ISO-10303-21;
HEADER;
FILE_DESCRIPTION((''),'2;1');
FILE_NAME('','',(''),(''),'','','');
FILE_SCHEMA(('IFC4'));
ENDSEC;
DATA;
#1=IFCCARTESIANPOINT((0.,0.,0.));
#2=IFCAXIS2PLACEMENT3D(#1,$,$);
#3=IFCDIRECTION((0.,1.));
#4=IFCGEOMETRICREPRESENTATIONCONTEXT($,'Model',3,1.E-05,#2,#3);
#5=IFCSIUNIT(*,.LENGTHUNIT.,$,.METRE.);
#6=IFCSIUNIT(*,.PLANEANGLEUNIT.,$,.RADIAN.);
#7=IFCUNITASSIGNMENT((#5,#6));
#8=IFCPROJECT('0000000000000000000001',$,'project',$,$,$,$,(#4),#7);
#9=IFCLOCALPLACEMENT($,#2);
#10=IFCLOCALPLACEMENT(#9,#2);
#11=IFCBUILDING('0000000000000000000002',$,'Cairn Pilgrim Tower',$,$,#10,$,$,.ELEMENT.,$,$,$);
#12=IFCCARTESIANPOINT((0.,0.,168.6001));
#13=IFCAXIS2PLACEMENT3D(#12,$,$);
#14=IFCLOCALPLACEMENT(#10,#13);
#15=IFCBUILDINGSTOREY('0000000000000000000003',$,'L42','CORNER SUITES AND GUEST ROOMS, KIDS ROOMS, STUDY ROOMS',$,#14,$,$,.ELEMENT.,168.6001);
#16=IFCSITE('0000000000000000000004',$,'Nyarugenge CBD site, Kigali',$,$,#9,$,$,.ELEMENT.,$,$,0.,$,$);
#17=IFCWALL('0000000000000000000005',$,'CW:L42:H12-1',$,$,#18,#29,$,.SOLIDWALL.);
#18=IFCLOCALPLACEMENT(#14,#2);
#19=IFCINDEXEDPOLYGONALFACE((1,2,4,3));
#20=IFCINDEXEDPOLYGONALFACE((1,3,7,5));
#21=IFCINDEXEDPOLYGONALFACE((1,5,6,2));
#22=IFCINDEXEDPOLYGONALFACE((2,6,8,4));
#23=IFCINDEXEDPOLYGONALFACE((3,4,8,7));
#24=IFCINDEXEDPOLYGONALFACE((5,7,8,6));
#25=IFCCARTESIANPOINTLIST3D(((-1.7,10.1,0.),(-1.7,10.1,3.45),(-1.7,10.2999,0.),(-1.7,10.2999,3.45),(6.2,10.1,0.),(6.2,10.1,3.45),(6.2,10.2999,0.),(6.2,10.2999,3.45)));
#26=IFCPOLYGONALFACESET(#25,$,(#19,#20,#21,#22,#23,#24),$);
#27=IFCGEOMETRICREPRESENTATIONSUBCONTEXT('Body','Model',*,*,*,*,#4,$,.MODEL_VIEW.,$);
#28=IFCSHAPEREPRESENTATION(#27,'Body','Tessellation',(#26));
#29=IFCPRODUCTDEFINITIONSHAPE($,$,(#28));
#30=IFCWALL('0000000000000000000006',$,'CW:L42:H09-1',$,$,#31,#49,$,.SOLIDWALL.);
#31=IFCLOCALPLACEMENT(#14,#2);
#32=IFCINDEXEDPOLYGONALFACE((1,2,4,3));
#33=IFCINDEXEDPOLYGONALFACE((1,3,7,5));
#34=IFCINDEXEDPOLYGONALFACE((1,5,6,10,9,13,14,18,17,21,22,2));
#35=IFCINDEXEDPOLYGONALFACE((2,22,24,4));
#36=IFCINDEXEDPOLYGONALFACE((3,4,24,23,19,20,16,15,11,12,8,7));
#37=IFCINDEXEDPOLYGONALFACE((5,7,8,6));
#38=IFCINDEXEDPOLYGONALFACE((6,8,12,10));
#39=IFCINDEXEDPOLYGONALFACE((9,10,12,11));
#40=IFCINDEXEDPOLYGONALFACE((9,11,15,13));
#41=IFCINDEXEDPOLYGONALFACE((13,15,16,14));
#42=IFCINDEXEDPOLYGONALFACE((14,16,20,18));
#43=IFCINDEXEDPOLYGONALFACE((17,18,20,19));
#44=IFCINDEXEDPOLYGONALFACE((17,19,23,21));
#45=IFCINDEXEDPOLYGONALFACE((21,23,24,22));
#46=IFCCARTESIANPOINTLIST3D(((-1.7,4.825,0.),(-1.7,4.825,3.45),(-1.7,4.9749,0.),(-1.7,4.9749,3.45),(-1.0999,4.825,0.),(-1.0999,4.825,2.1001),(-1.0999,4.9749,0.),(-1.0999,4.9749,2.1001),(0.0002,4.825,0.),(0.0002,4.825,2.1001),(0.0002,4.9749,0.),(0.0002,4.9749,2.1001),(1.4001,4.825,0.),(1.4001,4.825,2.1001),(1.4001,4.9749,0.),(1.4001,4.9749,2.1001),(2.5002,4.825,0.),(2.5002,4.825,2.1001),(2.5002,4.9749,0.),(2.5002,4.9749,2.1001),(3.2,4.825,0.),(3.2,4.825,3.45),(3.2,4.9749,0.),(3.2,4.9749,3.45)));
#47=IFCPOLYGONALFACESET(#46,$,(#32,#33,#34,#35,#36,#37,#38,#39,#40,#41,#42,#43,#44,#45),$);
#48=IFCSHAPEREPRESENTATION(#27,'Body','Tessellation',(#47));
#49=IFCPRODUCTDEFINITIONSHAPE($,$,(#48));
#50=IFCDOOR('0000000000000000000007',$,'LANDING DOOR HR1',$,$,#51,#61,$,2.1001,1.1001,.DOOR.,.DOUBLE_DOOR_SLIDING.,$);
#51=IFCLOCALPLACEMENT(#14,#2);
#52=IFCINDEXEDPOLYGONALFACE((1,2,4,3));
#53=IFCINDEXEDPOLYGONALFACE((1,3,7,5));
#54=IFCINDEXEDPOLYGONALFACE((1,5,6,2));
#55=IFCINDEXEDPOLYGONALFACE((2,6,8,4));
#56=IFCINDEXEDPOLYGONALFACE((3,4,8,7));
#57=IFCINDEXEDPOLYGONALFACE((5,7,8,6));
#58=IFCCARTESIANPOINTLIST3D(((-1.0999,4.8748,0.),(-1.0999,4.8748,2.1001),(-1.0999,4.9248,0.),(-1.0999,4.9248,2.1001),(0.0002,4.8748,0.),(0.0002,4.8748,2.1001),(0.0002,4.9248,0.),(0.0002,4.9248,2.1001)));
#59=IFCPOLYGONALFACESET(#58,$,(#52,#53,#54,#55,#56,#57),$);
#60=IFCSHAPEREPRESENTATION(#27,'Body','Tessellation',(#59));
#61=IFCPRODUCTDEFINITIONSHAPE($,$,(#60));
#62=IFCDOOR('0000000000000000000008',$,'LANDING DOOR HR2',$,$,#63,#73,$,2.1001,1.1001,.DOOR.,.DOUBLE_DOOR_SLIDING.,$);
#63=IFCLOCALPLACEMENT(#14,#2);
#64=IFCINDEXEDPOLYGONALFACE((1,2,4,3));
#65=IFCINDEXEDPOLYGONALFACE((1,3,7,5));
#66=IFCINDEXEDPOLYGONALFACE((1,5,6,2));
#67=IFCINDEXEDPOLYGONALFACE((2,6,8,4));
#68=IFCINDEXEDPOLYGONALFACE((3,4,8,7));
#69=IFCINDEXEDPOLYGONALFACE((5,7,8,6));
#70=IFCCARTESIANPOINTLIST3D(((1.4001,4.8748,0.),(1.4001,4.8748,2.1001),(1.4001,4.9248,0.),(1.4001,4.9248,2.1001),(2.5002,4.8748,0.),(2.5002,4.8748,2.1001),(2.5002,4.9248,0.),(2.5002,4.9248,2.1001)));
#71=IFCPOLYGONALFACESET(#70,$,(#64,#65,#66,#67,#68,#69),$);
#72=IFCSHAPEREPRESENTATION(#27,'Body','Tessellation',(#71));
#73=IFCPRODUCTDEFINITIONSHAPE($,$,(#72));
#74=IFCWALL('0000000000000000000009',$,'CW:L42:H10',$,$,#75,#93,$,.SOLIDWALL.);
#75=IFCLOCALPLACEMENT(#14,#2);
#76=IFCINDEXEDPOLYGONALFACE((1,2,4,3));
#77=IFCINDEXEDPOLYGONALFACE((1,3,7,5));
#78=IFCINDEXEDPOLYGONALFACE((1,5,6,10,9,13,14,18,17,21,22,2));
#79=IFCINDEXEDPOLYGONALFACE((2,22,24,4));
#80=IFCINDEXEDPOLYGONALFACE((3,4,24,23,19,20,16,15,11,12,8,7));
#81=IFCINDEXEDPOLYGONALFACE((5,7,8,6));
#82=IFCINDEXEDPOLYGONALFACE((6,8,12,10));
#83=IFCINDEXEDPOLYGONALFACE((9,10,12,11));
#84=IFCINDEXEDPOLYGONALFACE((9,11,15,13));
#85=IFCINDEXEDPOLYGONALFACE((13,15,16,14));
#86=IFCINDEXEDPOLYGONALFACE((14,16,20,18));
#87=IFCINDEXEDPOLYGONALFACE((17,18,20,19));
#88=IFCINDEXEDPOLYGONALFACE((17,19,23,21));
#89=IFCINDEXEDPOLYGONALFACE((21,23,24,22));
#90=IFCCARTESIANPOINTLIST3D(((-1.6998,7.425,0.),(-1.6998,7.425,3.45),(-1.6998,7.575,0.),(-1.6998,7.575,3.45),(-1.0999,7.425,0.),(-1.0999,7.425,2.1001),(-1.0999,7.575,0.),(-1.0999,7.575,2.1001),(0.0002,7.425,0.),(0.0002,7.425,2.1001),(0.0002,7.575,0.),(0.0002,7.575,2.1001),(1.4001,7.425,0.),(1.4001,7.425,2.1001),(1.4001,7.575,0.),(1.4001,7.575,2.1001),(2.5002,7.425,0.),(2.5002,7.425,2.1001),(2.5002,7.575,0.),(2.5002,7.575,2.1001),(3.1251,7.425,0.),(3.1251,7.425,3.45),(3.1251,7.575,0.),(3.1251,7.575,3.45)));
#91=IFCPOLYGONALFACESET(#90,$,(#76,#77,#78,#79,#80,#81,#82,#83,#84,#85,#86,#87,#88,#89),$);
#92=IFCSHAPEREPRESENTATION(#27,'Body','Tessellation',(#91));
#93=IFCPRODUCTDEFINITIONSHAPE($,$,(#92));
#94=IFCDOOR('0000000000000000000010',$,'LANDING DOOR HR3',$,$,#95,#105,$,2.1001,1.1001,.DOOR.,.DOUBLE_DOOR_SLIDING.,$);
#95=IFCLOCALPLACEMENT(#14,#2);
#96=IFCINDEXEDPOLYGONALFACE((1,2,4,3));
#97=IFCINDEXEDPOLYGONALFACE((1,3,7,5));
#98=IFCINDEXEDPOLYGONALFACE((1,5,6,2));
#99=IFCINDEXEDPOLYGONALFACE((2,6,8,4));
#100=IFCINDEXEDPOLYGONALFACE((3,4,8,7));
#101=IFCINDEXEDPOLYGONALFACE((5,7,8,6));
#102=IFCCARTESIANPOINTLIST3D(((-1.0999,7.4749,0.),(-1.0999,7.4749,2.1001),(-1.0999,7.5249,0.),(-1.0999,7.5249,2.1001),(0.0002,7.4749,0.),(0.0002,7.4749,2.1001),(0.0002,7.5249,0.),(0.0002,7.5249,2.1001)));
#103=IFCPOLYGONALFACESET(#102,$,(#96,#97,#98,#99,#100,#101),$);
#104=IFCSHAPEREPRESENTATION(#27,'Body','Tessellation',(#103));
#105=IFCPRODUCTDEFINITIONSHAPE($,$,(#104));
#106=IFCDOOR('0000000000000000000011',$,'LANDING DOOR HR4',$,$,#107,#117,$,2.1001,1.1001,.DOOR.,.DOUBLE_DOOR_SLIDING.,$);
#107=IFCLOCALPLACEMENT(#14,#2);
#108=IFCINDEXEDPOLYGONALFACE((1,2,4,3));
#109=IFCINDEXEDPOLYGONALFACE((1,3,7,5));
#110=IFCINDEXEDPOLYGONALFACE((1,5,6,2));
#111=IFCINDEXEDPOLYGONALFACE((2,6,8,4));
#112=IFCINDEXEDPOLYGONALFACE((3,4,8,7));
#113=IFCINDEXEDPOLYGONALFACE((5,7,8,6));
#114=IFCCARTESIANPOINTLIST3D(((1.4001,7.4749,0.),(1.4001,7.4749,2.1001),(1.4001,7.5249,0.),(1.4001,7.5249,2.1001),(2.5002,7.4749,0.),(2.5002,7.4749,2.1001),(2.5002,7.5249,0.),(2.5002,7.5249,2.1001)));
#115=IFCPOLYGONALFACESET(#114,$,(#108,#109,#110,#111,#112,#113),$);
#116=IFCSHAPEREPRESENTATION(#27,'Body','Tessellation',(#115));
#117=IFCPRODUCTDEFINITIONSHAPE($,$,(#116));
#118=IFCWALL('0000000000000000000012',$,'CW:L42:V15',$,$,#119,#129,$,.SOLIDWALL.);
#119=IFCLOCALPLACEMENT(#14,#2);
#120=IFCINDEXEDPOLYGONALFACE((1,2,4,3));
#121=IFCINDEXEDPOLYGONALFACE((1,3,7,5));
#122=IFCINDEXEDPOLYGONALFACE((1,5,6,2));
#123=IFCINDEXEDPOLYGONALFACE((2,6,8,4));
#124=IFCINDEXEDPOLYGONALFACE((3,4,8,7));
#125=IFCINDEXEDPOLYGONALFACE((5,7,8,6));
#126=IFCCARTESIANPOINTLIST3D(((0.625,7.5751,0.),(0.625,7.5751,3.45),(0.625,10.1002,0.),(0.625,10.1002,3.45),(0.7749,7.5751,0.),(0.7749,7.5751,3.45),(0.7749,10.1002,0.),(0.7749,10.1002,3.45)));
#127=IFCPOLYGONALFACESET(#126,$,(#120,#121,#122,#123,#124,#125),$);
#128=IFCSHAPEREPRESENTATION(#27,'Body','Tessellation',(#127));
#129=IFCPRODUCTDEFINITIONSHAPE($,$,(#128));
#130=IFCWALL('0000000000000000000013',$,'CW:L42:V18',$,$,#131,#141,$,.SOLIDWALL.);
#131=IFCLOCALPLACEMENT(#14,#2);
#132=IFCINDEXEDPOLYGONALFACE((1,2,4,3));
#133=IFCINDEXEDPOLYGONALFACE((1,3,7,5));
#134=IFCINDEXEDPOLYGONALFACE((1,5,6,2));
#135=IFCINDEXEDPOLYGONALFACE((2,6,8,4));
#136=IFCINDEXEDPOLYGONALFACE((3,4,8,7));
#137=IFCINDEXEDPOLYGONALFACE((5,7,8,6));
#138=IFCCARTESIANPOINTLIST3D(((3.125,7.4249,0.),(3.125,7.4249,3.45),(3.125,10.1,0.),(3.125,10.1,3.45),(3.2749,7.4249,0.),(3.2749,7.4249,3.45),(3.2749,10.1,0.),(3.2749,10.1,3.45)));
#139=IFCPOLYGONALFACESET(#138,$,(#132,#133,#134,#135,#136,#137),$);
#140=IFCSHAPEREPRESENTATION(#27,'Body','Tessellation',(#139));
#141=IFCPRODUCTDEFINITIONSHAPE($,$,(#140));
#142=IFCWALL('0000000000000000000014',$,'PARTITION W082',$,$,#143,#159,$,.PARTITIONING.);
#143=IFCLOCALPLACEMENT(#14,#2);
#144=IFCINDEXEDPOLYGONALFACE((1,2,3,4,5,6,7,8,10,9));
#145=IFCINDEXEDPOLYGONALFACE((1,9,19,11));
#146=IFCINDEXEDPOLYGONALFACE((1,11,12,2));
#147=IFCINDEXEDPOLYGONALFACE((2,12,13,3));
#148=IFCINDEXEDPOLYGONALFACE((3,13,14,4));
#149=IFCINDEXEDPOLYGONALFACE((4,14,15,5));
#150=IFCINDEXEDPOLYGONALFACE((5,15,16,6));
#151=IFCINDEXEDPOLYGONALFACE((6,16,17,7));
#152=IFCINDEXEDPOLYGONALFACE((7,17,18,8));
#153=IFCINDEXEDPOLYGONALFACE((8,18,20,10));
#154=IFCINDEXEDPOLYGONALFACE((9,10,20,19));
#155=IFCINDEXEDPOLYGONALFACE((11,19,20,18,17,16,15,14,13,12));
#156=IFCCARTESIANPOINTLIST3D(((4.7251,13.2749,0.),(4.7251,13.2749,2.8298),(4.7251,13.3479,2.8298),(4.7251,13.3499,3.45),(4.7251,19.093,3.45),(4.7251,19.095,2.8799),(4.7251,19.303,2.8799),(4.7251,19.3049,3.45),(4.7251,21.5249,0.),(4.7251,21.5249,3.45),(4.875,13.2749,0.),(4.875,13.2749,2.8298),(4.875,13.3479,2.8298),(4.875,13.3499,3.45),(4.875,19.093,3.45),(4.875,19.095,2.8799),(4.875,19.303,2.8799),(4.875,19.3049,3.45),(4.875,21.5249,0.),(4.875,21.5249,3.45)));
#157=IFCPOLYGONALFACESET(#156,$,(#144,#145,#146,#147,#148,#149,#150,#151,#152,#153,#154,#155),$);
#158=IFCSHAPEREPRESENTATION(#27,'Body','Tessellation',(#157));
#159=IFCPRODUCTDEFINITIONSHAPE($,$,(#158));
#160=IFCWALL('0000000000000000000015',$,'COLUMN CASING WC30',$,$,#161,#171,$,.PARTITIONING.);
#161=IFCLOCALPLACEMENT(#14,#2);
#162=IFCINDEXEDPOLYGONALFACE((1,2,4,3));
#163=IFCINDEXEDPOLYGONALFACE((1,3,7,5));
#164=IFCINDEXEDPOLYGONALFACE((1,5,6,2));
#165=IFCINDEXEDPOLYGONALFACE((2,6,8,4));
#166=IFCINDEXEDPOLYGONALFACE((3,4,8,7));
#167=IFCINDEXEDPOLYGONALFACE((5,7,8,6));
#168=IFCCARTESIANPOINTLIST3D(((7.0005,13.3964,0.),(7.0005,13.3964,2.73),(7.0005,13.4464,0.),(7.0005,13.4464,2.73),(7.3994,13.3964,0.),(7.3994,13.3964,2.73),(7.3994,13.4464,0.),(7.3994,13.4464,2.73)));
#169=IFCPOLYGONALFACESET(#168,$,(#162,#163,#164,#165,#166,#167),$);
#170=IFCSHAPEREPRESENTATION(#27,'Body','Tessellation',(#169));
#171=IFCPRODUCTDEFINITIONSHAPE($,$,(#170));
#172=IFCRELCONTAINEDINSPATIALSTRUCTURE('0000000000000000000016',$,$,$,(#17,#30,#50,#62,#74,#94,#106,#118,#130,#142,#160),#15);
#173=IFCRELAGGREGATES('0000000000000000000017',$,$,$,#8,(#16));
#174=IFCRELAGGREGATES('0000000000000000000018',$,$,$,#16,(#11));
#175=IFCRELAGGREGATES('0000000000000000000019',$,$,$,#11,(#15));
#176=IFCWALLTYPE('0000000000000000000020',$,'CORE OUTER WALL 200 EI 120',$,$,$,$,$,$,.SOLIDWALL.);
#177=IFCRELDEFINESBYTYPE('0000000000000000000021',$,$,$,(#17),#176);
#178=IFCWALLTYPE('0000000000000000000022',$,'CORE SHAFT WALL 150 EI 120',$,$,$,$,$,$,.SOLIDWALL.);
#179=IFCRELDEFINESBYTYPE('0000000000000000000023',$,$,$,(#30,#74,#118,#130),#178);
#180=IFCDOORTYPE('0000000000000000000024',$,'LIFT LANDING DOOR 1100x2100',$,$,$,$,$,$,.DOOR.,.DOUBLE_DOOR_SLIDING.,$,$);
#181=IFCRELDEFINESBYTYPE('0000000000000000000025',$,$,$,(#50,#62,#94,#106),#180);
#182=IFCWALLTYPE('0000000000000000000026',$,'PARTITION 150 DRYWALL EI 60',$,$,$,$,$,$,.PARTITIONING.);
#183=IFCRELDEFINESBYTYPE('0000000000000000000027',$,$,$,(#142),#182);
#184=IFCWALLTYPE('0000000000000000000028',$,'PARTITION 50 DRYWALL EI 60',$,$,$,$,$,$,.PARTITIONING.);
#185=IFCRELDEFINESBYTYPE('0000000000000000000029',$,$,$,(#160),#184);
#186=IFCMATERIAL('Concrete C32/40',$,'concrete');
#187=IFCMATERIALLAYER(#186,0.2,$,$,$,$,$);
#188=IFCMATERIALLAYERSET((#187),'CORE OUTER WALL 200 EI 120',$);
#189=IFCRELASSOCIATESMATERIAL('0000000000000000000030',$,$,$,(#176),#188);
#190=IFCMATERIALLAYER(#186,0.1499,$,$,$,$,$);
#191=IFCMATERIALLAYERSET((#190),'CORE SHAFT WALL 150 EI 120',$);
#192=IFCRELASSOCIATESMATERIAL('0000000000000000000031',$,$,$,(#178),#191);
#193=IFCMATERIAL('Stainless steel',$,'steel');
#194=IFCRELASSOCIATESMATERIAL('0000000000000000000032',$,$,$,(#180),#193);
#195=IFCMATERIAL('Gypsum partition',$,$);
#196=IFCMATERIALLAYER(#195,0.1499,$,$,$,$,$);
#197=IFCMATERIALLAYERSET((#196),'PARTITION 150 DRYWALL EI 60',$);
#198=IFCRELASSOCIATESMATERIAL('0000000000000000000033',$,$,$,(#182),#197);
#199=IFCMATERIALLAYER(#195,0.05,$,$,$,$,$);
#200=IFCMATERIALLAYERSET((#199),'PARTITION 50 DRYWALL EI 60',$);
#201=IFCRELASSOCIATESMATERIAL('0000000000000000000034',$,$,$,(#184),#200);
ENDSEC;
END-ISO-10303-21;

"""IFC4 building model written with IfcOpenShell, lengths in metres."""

from ifc_helpers import new_model, si_unit, direction, frame, frame_2d, origin, place, context, subcontext, project, spatial, polyline, rectangle, outline, extrude, material, layer, layer_set, type_object, element, fill, save


model = new_model("IFC4")

# Units and contexts
model_context = context("Model", 3, precision=1e-05, world=origin(), true_north=direction((0.0, 1.0)))
body_context = subcontext(model_context, "Body", "Model", "MODEL_VIEW")
ifc_project = project(units=[si_unit("LENGTHUNIT", "METRE"), si_unit("PLANEANGLEUNIT", "RADIAN")], contexts=[model_context])

# Site, building, storey
site_placement = place(None, origin())
site = spatial("IfcSite", under=ifc_project, at=site_placement, Name="Nyarugenge CBD site, Kigali", CompositionType="ELEMENT", RefElevation=0.0)
building_placement = place(site_placement, origin())
building = spatial("IfcBuilding", under=site, at=building_placement, Name="Cairn Pilgrim Tower", CompositionType="ELEMENT")
storey_placement = place(building_placement, frame((0.0, 0.0, 168.6001)))
storey = spatial("IfcBuildingStorey", under=building, at=storey_placement, Name="L42", Description="CORNER SUITES AND GUEST ROOMS, KIDS ROOMS, STUDY ROOMS", CompositionType="ELEMENT", Elevation=168.6001)

# Wall
ifc_material_1 = material(Name="Concrete C32/40", Category="concrete")
ifc_layer_1 = layer(ifc_material_1, 0.2)
ifc_layer_set_1 = layer_set([ifc_layer_1], Name="CORE OUTER WALL 200 EI 120")
wall_type_1 = type_object("IfcWallType", Name="CORE OUTER WALL 200 EI 120", PredefinedType="SOLIDWALL", material=ifc_layer_set_1)
wall_1_placement = place(storey_placement, frame((-1.7, 10.2, 0.0), z_axis=(0.0, 0.0, 1.0), x_axis=(1.0, 0.0, 0.0)))
element("IfcWall", 1, at=wall_1_placement, inside=storey, type_object=wall_type_1, Name="CW:L42:H12-1", PredefinedType="SOLIDWALL", context=body_context, shape_type="SweptSolid", body=[
    extrude(rectangle(XDim=7.8999, YDim=0.2, at=frame_2d((3.95, 0.0))), origin(), (0.0, 0.0, 1.0), 3.45),
])

# Walls, openings, doors
ifc_layer_2 = layer(ifc_material_1, 0.1499)
ifc_layer_set_2 = layer_set([ifc_layer_2], Name="CORE SHAFT WALL 150 EI 120")
wall_type_2 = type_object("IfcWallType", Name="CORE SHAFT WALL 150 EI 120", PredefinedType="SOLIDWALL", material=ifc_layer_set_2)
wall_2_placement = place(storey_placement, frame((-1.7, 4.8999, 0.0), z_axis=(0.0, 0.0, 1.0), x_axis=(1.0, 0.0, 0.0)))
wall_2 = element("IfcWall", 2, at=wall_2_placement, inside=storey, type_object=wall_type_2, Name="CW:L42:H09-1", PredefinedType="SOLIDWALL", context=body_context, shape_type="SweptSolid", body=[
    extrude(rectangle(XDim=4.8999, YDim=0.1499, at=frame_2d((2.45, 0.0))), origin(), (0.0, 0.0, 1.0), 3.45),
])
opening_1_placement = place(wall_2_placement, frame((0.6001, 0.0, 0.0)))
opening_1 = element("IfcOpeningElement", 3, at=opening_1_placement, cuts=wall_2, PredefinedType="OPENING", context=body_context, shape_type="SweptSolid", body=[
    extrude(rectangle(XDim=1.1001, YDim=2.1001, at=frame_2d((0.55, 1.05))), frame((0.0, 0.085, 0.0), z_axis=(0.0, -1.0, 0.0), x_axis=(1.0, 0.0, 0.0)), (0.0, 0.0, 1.0), 0.1699),
])
opening_2_placement = place(wall_2_placement, frame((3.1001, 0.0, 0.0)))
opening_2 = element("IfcOpeningElement", 4, at=opening_2_placement, cuts=wall_2, PredefinedType="OPENING", context=body_context, shape_type="SweptSolid", body=[
    extrude(rectangle(XDim=1.1001, YDim=2.1001, at=frame_2d((0.55, 1.05))), frame((0.0, 0.085, 0.0), z_axis=(0.0, -1.0, 0.0), x_axis=(1.0, 0.0, 0.0)), (0.0, 0.0, 1.0), 0.1699),
])
ifc_material_2 = material(Name="Stainless steel", Category="steel")
door_type_1 = type_object("IfcDoorType", Name="LIFT LANDING DOOR 1100x2100", OperationType="DOUBLE_DOOR_SLIDING", PredefinedType="DOOR", material=ifc_material_2)
door_1_placement = place(opening_1_placement, origin())
door_1 = element("IfcDoor", 5, at=door_1_placement, inside=storey, type_object=door_type_1, Name="LANDING DOOR HR1", OperationType="DOUBLE_DOOR_SLIDING", OverallHeight=2.1001, OverallWidth=1.1001, PredefinedType="DOOR", context=body_context, shape_type="SweptSolid", body=[
    extrude(rectangle(XDim=1.1001, YDim=2.1001, at=frame_2d((0.55, 1.05))), frame((0.0, 0.0249, 0.0), z_axis=(0.0, -1.0, 0.0), x_axis=(1.0, 0.0, 0.0)), (0.0, 0.0, 1.0), 0.05),
])
fill(opening_1, door_1)
door_2_placement = place(opening_2_placement, origin())
door_2 = element("IfcDoor", 6, at=door_2_placement, inside=storey, type_object=door_type_1, Name="LANDING DOOR HR2", OperationType="DOUBLE_DOOR_SLIDING", OverallHeight=2.1001, OverallWidth=1.1001, PredefinedType="DOOR", context=body_context, shape_type="SweptSolid", body=[
    extrude(rectangle(XDim=1.1001, YDim=2.1001, at=frame_2d((0.55, 1.05))), frame((0.0, 0.0249, 0.0), z_axis=(0.0, -1.0, 0.0), x_axis=(1.0, 0.0, 0.0)), (0.0, 0.0, 1.0), 0.05),
])
fill(opening_2, door_2)
wall_3_placement = place(storey_placement, frame((-1.7, 7.5, 0.0), z_axis=(0.0, 0.0, 1.0), x_axis=(1.0, 0.0, 0.0)))
wall_3 = element("IfcWall", 7, at=wall_3_placement, inside=storey, type_object=wall_type_2, Name="CW:L42:H10", PredefinedType="SOLIDWALL", context=body_context, shape_type="SweptSolid", body=[
    extrude(rectangle(XDim=4.825, YDim=0.1499, at=frame_2d((2.4126, 0.0))), origin(), (0.0, 0.0, 1.0), 3.45),
])
opening_3_placement = place(wall_3_placement, frame((0.6001, 0.0, 0.0)))
opening_3 = element("IfcOpeningElement", 8, at=opening_3_placement, cuts=wall_3, PredefinedType="OPENING", context=body_context, shape_type="SweptSolid", body=[
    extrude(rectangle(XDim=1.1001, YDim=2.1001, at=frame_2d((0.55, 1.05))), frame((0.0, 0.085, 0.0), z_axis=(0.0, -1.0, 0.0), x_axis=(1.0, 0.0, 0.0)), (0.0, 0.0, 1.0), 0.1699),
])
opening_4_placement = place(wall_3_placement, frame((3.1001, 0.0, 0.0)))
opening_4 = element("IfcOpeningElement", 9, at=opening_4_placement, cuts=wall_3, PredefinedType="OPENING", context=body_context, shape_type="SweptSolid", body=[
    extrude(rectangle(XDim=1.1001, YDim=2.1001, at=frame_2d((0.55, 1.05))), frame((0.0, 0.085, 0.0), z_axis=(0.0, -1.0, 0.0), x_axis=(1.0, 0.0, 0.0)), (0.0, 0.0, 1.0), 0.1699),
])
door_3_placement = place(opening_3_placement, origin())
door_3 = element("IfcDoor", 10, at=door_3_placement, inside=storey, type_object=door_type_1, Name="LANDING DOOR HR3", OperationType="DOUBLE_DOOR_SLIDING", OverallHeight=2.1001, OverallWidth=1.1001, PredefinedType="DOOR", context=body_context, shape_type="SweptSolid", body=[
    extrude(rectangle(XDim=1.1001, YDim=2.1001, at=frame_2d((0.55, 1.05))), frame((0.0, 0.0249, 0.0), z_axis=(0.0, -1.0, 0.0), x_axis=(1.0, 0.0, 0.0)), (0.0, 0.0, 1.0), 0.05),
])
fill(opening_3, door_3)
door_4_placement = place(opening_4_placement, origin())
door_4 = element("IfcDoor", 11, at=door_4_placement, inside=storey, type_object=door_type_1, Name="LANDING DOOR HR4", OperationType="DOUBLE_DOOR_SLIDING", OverallHeight=2.1001, OverallWidth=1.1001, PredefinedType="DOOR", context=body_context, shape_type="SweptSolid", body=[
    extrude(rectangle(XDim=1.1001, YDim=2.1001, at=frame_2d((0.55, 1.05))), frame((0.0, 0.0249, 0.0), z_axis=(0.0, -1.0, 0.0), x_axis=(1.0, 0.0, 0.0)), (0.0, 0.0, 1.0), 0.05),
])
fill(opening_4, door_4)

# Walls
wall_4_placement = place(storey_placement, frame((0.7, 7.575, 0.0), z_axis=(0.0, 0.0, 1.0), x_axis=(0.0, 1.0, 0.0)))
element("IfcWall", 12, at=wall_4_placement, inside=storey, type_object=wall_type_2, Name="CW:L42:V15", PredefinedType="SOLIDWALL", context=body_context, shape_type="SweptSolid", body=[
    extrude(rectangle(XDim=2.5251, YDim=0.1499, at=frame_2d((1.2627, 0.0))), origin(), (0.0, 0.0, 1.0), 3.45),
])
wall_5_placement = place(storey_placement, frame((3.2, 7.425, 0.0), z_axis=(0.0, 0.0, 1.0), x_axis=(0.0, 1.0, 0.0)))
element("IfcWall", 13, at=wall_5_placement, inside=storey, type_object=wall_type_2, Name="CW:L42:V18", PredefinedType="SOLIDWALL", context=body_context, shape_type="SweptSolid", body=[
    extrude(rectangle(XDim=2.675, YDim=0.1499, at=frame_2d((1.3374, 0.0))), origin(), (0.0, 0.0, 1.0), 3.45),
])
ifc_material_3 = material(Name="Gypsum partition")
ifc_layer_3 = layer(ifc_material_3, 0.1499)
ifc_layer_set_3 = layer_set([ifc_layer_3], Name="PARTITION 150 DRYWALL EI 60")
wall_type_3 = type_object("IfcWallType", Name="PARTITION 150 DRYWALL EI 60", PredefinedType="PARTITIONING", material=ifc_layer_set_3)
wall_6_placement = place(storey_placement, frame((4.8, 13.2749, 0.0), z_axis=(0.0, 0.0, 1.0), x_axis=(0.0, 1.0, 0.0)))
element("IfcWall", 14, at=wall_6_placement, inside=storey, type_object=wall_type_3, Name="PARTITION W082", PredefinedType="PARTITIONING", context=body_context, shape_type="SweptSolid", body=[
    extrude(outline(polyline([(0.0, 0.0), (8.25, 0.0), (8.25, 3.45), (6.03, 3.45), (6.0281, 2.8799), (5.8201, 2.8799), (5.8181, 3.45), (0.075, 3.45), (0.073, 2.8298), (0.0, 2.8298), (0.0, 0.0)])), frame((0.0, 0.075, 0.0), z_axis=(0.0, -1.0, 0.0), x_axis=(1.0, 0.0, 0.0)), (0.0, 0.0, 1.0), 0.1499),
])
ifc_layer_4 = layer(ifc_material_3, 0.05)
ifc_layer_set_4 = layer_set([ifc_layer_4], Name="PARTITION 50 DRYWALL EI 60")
wall_type_4 = type_object("IfcWallType", Name="PARTITION 50 DRYWALL EI 60", PredefinedType="PARTITIONING", material=ifc_layer_set_4)
wall_7_placement = place(storey_placement, frame((7.0005, 13.4214, 0.0), z_axis=(0.0, 0.0, 1.0), x_axis=(1.0, 0.0, 0.0)))
element("IfcWall", 15, at=wall_7_placement, inside=storey, type_object=wall_type_4, Name="COLUMN CASING WC30", PredefinedType="PARTITIONING", context=body_context, shape_type="SweptSolid", body=[
    extrude(rectangle(XDim=0.3989, YDim=0.05, at=frame_2d((0.1995, 0.0))), origin(), (0.0, 0.0, 1.0), 2.73),
])

save(model, "model.ifc")
